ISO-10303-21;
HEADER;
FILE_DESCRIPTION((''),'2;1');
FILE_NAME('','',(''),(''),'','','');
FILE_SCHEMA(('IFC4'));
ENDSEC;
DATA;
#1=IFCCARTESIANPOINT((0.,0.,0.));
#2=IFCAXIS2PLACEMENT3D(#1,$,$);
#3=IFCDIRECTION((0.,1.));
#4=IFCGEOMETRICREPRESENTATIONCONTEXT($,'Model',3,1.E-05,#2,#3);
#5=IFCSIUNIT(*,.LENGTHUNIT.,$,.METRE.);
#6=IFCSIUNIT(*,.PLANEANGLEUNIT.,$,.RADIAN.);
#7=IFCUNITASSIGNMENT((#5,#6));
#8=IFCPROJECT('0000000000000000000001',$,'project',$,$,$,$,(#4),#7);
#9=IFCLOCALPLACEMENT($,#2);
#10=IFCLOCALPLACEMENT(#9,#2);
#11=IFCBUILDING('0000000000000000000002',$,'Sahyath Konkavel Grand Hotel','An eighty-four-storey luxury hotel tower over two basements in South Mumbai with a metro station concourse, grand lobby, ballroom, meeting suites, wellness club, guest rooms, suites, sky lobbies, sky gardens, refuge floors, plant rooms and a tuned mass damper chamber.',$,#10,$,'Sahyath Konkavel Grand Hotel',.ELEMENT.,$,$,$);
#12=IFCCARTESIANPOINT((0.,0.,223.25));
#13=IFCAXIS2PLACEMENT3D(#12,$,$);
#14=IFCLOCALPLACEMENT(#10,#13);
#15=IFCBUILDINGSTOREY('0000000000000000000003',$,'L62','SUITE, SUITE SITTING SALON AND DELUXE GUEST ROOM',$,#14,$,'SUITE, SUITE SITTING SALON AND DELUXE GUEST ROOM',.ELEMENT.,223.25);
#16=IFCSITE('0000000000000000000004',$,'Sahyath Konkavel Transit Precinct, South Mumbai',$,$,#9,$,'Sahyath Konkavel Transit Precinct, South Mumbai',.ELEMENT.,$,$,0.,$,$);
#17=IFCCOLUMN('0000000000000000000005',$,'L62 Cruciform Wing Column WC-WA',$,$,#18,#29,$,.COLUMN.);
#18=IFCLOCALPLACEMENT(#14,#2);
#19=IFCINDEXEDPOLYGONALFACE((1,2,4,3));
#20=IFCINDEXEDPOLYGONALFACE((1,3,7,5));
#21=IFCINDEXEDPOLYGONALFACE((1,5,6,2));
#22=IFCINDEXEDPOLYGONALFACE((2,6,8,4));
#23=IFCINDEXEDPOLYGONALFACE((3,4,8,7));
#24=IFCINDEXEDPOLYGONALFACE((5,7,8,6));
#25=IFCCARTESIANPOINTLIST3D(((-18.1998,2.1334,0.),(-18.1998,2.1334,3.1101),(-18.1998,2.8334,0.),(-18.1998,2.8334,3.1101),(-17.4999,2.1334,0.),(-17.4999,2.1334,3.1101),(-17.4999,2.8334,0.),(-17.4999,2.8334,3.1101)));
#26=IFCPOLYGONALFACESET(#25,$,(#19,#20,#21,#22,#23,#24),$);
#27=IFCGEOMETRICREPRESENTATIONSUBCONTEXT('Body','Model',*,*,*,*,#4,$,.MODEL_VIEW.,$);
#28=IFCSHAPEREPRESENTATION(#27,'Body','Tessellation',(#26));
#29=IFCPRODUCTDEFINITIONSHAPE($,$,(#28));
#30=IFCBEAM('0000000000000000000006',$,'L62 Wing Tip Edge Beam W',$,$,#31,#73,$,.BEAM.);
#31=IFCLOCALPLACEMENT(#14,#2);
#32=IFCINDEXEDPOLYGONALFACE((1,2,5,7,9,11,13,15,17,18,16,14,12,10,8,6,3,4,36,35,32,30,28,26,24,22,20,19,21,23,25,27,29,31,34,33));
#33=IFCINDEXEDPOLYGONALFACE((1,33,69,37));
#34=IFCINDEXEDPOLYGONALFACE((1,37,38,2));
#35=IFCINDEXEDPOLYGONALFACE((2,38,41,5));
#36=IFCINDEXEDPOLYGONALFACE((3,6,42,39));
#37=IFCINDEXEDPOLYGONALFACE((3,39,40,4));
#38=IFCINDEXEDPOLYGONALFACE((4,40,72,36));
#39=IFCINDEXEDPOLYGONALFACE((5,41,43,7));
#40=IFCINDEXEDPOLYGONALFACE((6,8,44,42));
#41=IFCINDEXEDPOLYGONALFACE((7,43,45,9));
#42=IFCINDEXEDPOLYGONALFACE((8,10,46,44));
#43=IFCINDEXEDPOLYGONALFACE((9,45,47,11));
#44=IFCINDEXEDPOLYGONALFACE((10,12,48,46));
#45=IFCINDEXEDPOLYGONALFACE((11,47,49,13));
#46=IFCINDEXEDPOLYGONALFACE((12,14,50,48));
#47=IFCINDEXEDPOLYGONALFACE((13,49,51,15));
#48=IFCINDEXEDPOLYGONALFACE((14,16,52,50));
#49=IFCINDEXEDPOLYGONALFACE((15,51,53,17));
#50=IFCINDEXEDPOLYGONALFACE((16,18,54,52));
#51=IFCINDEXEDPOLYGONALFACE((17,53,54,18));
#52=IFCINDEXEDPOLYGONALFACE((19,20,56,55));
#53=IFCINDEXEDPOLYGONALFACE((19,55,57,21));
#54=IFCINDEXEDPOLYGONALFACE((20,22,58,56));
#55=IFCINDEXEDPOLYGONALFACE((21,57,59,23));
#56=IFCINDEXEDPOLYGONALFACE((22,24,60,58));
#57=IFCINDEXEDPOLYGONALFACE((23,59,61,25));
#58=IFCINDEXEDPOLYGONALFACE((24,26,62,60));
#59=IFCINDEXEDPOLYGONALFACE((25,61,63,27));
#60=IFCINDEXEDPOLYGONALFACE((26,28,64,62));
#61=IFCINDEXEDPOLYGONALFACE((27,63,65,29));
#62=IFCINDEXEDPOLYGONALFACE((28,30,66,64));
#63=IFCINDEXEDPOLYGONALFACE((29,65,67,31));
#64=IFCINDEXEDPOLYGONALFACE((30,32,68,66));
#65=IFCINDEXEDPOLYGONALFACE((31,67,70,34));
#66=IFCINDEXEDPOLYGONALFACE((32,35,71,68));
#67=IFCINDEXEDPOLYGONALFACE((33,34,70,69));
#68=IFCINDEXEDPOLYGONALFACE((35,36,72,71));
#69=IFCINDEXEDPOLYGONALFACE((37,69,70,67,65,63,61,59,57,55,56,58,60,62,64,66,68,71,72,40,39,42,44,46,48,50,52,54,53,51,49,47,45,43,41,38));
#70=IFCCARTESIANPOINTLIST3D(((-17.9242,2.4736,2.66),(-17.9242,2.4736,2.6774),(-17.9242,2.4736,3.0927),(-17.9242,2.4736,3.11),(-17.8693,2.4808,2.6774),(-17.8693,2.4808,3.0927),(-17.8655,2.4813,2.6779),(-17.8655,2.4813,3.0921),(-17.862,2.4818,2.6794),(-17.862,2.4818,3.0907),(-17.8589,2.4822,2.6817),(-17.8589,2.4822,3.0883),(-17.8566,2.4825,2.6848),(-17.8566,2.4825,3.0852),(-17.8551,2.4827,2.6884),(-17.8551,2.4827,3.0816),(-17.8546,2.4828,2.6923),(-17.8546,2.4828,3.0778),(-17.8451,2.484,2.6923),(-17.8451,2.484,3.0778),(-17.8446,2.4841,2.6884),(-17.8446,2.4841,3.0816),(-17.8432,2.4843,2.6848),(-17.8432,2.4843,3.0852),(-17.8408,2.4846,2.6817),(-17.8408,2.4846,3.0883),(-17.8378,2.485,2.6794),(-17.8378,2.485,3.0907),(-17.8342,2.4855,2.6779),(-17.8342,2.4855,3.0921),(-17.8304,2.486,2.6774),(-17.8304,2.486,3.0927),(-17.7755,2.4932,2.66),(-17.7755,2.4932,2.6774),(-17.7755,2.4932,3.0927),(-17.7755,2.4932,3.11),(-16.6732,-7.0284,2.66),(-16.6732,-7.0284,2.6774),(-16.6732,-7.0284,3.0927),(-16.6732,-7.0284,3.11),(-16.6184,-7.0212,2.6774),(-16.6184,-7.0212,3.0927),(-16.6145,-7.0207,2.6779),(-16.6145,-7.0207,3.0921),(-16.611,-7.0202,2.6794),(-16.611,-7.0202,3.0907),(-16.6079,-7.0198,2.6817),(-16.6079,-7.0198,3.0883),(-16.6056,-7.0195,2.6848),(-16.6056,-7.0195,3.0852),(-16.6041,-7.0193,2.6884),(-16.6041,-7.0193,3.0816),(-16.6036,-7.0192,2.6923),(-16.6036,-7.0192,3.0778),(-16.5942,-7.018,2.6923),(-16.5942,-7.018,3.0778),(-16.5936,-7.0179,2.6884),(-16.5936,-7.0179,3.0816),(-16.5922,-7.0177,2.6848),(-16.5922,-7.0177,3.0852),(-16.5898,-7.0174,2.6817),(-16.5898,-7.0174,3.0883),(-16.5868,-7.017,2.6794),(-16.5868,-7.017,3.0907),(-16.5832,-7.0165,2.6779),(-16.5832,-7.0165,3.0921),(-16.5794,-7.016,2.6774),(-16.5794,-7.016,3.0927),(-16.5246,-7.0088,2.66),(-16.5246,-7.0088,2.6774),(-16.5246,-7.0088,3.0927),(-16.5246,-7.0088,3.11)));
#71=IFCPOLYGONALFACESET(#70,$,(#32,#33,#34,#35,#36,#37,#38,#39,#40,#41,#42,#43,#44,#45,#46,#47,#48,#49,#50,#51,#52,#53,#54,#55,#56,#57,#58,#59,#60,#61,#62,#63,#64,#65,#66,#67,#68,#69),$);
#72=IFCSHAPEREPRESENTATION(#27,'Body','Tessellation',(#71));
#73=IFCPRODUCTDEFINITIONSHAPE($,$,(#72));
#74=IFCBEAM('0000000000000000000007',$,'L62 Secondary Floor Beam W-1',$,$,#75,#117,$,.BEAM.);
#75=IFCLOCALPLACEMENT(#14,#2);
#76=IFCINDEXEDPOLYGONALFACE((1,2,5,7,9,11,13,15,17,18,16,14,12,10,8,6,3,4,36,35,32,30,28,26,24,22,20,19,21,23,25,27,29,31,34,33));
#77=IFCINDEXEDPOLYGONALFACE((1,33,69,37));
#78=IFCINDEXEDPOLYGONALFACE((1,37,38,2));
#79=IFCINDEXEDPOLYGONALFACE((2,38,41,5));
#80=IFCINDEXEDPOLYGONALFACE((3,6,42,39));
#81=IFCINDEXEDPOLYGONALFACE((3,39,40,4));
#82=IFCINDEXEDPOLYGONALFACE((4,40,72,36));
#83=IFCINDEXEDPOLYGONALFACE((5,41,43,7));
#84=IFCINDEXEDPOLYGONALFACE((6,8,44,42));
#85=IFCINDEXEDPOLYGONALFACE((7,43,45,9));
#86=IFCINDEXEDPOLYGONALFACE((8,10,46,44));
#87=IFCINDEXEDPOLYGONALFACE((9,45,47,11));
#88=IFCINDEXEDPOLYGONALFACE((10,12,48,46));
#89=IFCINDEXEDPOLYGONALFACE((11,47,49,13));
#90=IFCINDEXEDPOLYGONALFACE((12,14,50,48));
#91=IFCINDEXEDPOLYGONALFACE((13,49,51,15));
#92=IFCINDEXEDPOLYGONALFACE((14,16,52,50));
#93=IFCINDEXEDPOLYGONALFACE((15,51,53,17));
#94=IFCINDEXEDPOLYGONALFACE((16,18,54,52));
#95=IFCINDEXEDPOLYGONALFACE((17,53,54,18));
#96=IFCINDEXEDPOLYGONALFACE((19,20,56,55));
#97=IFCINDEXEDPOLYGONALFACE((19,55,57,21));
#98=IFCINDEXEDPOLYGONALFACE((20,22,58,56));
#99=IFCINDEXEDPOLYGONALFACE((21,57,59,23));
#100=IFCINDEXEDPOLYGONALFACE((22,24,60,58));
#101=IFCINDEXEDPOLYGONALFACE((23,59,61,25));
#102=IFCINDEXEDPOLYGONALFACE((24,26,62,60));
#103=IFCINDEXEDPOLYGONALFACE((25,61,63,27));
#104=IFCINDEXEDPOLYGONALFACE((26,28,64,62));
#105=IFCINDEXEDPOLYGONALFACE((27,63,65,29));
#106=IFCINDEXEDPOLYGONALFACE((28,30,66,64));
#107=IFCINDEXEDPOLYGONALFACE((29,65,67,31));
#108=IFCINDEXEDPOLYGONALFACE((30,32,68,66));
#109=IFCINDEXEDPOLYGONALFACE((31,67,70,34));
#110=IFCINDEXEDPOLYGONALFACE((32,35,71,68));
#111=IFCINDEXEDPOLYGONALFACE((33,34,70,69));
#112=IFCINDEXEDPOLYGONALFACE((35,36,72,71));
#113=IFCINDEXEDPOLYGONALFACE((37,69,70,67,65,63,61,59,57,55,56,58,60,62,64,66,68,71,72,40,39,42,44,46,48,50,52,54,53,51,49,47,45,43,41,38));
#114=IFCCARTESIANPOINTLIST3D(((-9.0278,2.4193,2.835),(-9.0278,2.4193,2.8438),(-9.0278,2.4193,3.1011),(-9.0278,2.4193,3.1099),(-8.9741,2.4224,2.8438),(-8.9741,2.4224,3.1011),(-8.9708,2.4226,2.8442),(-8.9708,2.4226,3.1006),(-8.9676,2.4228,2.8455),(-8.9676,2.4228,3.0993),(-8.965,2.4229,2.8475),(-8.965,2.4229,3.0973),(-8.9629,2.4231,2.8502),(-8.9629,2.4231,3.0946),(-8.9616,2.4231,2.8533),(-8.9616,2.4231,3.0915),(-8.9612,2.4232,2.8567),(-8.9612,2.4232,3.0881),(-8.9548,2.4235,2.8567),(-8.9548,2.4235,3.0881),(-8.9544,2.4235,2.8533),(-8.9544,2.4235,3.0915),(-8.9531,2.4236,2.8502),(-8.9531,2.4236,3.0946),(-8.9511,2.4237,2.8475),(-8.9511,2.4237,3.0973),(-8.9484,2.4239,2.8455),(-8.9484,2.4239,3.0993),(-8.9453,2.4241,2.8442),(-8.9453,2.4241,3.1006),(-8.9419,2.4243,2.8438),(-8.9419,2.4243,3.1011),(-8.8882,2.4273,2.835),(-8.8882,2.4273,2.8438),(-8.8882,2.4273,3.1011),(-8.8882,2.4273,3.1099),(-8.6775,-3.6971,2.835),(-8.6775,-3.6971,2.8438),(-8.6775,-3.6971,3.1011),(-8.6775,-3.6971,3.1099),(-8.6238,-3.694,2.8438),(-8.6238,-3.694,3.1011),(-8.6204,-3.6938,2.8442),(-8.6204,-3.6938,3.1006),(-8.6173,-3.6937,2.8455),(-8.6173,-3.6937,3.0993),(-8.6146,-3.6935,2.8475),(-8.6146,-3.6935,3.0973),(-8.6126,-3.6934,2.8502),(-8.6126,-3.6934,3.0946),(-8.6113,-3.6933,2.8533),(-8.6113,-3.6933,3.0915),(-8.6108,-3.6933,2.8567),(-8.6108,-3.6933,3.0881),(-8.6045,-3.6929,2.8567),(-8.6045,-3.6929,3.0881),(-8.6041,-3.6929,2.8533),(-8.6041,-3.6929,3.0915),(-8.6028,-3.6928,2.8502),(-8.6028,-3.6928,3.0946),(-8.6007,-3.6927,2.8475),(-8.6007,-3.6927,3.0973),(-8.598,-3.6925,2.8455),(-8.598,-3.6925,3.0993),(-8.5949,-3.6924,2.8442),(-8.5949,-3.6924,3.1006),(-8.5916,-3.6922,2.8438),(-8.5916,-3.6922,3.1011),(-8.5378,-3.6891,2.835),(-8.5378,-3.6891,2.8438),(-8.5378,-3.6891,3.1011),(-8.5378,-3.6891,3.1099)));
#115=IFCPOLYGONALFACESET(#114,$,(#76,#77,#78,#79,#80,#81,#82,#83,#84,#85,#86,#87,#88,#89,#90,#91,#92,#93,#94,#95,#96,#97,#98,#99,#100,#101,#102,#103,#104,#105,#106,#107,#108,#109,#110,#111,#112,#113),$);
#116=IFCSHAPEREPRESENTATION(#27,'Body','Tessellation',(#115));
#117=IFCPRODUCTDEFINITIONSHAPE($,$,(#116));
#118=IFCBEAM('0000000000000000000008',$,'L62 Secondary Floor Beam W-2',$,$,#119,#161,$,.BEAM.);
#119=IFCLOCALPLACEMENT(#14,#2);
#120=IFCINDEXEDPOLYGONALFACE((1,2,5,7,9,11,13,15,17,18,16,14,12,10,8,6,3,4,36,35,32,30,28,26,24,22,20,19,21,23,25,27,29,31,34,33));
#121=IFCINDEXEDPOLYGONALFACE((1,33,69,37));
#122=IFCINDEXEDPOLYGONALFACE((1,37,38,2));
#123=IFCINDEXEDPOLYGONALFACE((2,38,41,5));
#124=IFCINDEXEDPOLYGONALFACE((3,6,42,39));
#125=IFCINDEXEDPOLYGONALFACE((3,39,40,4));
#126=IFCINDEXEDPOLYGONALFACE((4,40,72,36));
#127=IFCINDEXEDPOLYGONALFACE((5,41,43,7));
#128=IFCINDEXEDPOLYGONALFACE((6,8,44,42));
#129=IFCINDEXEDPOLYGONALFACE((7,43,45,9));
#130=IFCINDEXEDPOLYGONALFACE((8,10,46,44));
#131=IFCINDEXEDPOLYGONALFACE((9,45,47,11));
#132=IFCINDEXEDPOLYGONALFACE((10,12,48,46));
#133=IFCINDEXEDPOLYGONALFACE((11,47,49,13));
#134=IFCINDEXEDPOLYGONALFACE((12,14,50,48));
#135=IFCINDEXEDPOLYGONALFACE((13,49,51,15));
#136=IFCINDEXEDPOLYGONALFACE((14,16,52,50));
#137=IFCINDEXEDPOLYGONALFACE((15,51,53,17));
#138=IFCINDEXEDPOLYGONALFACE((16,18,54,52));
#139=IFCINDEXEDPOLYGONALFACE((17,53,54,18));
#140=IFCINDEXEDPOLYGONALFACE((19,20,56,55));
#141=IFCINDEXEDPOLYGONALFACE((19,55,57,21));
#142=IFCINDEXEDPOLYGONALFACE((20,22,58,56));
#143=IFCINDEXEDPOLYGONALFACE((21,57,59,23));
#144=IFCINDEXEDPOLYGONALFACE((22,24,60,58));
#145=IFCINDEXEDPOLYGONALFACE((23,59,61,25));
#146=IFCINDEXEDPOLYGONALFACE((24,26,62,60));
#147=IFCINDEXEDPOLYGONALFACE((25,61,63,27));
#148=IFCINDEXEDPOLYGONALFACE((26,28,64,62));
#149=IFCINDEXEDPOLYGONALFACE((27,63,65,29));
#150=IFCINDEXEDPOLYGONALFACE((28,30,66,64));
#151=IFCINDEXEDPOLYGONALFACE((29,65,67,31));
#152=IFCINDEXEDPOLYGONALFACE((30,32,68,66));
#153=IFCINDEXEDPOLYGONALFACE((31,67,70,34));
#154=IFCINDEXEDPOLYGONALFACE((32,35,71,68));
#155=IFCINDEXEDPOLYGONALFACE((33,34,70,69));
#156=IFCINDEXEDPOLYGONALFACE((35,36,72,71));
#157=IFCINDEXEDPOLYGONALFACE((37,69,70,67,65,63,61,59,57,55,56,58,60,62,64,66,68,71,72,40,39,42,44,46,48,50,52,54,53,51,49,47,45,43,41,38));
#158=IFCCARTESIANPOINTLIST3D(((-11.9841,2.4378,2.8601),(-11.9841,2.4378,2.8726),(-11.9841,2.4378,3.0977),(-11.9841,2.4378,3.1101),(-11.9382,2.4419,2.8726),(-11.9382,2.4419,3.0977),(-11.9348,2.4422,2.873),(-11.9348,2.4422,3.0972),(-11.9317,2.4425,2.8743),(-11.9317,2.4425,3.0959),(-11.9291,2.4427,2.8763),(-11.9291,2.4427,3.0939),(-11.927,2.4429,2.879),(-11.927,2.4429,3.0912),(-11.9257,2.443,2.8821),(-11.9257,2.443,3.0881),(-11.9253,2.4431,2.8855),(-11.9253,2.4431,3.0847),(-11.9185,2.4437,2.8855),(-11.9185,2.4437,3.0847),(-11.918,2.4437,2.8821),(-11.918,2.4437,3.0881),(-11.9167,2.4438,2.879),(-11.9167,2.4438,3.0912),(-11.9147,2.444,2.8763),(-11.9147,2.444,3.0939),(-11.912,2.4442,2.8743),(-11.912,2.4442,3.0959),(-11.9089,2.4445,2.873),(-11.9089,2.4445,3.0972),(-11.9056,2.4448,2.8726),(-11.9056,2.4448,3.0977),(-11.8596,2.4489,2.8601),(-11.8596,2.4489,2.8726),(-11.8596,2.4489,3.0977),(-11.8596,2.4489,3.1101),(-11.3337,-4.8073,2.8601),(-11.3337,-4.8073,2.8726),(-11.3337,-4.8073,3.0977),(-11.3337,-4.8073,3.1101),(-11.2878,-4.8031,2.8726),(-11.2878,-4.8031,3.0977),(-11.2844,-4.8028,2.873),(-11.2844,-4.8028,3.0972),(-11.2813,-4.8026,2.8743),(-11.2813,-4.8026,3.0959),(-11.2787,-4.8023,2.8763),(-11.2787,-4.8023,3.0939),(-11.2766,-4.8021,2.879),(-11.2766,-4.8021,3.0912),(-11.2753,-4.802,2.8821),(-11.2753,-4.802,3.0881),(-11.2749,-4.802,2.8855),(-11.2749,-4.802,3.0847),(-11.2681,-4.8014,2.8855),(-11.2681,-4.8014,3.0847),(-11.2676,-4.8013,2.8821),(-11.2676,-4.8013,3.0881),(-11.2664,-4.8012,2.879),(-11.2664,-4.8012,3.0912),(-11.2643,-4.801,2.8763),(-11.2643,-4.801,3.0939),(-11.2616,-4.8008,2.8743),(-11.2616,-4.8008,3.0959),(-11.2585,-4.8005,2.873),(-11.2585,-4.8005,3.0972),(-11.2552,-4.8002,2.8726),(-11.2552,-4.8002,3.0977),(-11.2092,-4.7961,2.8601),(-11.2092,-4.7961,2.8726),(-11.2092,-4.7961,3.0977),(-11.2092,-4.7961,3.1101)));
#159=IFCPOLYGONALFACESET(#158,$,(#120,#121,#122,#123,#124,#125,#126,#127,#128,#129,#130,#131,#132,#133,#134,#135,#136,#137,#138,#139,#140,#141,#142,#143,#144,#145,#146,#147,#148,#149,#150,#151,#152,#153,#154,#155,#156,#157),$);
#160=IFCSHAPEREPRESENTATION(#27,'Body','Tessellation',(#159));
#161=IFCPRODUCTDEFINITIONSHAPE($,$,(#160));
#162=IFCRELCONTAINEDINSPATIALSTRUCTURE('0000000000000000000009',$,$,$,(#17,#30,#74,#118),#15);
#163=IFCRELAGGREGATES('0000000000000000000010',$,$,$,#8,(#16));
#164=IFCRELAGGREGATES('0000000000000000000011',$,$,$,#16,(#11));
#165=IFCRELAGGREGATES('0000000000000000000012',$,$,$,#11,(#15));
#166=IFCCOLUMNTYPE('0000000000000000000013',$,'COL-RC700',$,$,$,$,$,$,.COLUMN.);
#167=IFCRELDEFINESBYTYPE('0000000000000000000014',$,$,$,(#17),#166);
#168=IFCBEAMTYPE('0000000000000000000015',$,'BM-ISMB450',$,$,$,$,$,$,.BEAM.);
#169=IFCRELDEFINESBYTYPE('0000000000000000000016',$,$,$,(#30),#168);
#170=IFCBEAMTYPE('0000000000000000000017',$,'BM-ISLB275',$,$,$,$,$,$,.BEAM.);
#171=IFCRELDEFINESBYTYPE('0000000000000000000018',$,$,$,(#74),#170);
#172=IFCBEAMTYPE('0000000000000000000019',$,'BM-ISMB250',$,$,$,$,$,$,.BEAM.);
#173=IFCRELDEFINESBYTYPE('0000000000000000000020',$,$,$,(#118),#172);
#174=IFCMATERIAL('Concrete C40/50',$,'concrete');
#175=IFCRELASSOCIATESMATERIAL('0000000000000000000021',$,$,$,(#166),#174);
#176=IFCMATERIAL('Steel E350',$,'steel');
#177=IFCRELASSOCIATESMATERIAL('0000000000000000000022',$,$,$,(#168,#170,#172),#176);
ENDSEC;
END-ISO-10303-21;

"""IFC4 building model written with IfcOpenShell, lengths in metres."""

from ifc_helpers import new_model, si_unit, direction, frame, origin, origin_2d, place, context, subcontext, project, spatial, rectangle, i_section, extrude, source, transform, mapped, material, material_profile, profile_set, type_object, element, save


model = new_model("IFC4")

# Units and contexts
model_context = context("Model", 3, precision=1e-05, world=origin(), true_north=direction((0.0, 1.0)))
body_context = subcontext(model_context, "Body", "Model", "MODEL_VIEW")
ifc_project = project(units=[si_unit("LENGTHUNIT", "METRE"), si_unit("PLANEANGLEUNIT", "RADIAN")], contexts=[model_context])

# Site, building, storey
site_placement = place(None, origin())
site = spatial("IfcSite", under=ifc_project, at=site_placement, Name="Sahyath Konkavel Transit Precinct, South Mumbai", LongName="Sahyath Konkavel Transit Precinct, South Mumbai", CompositionType="ELEMENT", RefElevation=0.0)
building_placement = place(site_placement, origin())
building = spatial("IfcBuilding", under=site, at=building_placement, Name="Sahyath Konkavel Grand Hotel", Description="An eighty-four-storey luxury hotel tower over two basements in South Mumbai with a metro station concourse, grand lobby, ballroom, meeting suites, wellness club, guest rooms, suites, sky lobbies, sky gardens, refuge floors, plant rooms and a tuned mass damper chamber.", LongName="Sahyath Konkavel Grand Hotel", CompositionType="ELEMENT")
storey_placement = place(building_placement, frame((0.0, 0.0, 223.25)))
storey = spatial("IfcBuildingStorey", under=building, at=storey_placement, Name="L62", Description="SUITE, SUITE SITTING SALON AND DELUXE GUEST ROOM", LongName="SUITE, SUITE SITTING SALON AND DELUXE GUEST ROOM", CompositionType="ELEMENT", Elevation=223.25)

# Column
ifc_material_1 = material(Name="Concrete C40/50", Category="concrete")
ifc_material_profile_1 = material_profile(ifc_material_1, rectangle(XDim=0.7, YDim=0.7, at=origin_2d()), Name="RC 700x700")
ifc_profile_set_1 = profile_set([ifc_material_profile_1], Name="Concrete C40/50")
column_type = type_object("IfcColumnType", Name="COL-RC700", PredefinedType="COLUMN", material=ifc_profile_set_1)
shared_shape_1 = source(origin(), body_context, "Body", "SweptSolid", [
    extrude(rectangle(XDim=0.7, YDim=0.7, at=origin_2d()), origin(), (0.0, 0.0, 1.0), 3.1101),
])
column_placement = place(storey_placement, frame((-17.8499, 2.4834, 0.0), z_axis=(0.0, 0.0, 1.0), x_axis=(1.0, 0.0, 0.0)))
element("IfcColumn", 1, at=column_placement, inside=storey, type_object=column_type, Name="L62 Cruciform Wing Column WC-WA", PredefinedType="COLUMN", context=body_context, shape_type="MappedRepresentation", body=[
    mapped(shared_shape_1, transform((0.0, 0.0, 0.0), scale=1.0)),
])

# Beams
ifc_material_2 = material(Name="Steel E350", Category="steel")
ifc_material_profile_2 = material_profile(ifc_material_2, i_section(OverallWidth=0.1499, OverallDepth=0.45, WebThickness=0.0095, FlangeThickness=0.0173, FilletRadius=0.0149, at=origin_2d()), Name="ISMB 450")
ifc_profile_set_2 = profile_set([ifc_material_profile_2], Name="Steel E350")
beam_type_1 = type_object("IfcBeamType", Name="BM-ISMB450", PredefinedType="BEAM", material=ifc_profile_set_2)
shared_shape_2 = source(origin(), body_context, "Body", "SweptSolid", [
    extrude(i_section(OverallWidth=0.1499, OverallDepth=0.45, WebThickness=0.0095, FlangeThickness=0.0173, FilletRadius=0.0149, at=origin_2d()), origin(), (0.0, 0.0, 1.0), 9.584),
])
beam_1_placement = place(storey_placement, frame((-17.8499, 2.4834, 2.885), z_axis=(0.130528, -0.991445, 0.0), x_axis=(0.991445, 0.130528, 0.0)))
element("IfcBeam", 2, at=beam_1_placement, inside=storey, type_object=beam_type_1, Name="L62 Wing Tip Edge Beam W", PredefinedType="BEAM", context=body_context, shape_type="MappedRepresentation", body=[
    mapped(shared_shape_2, transform((0.0, 0.0, 0.0), scale=1.0)),
])
ifc_material_profile_3 = material_profile(ifc_material_2, i_section(OverallWidth=0.1399, OverallDepth=0.2749, WebThickness=0.0063, FlangeThickness=0.0088, FilletRadius=0.0129, at=origin_2d()), Name="ISLB 275")
ifc_profile_set_3 = profile_set([ifc_material_profile_3], Name="Steel E350")
beam_type_2 = type_object("IfcBeamType", Name="BM-ISLB275", PredefinedType="BEAM", material=ifc_profile_set_3)
shared_shape_3 = source(origin(), body_context, "Body", "SweptSolid", [
    extrude(i_section(OverallWidth=0.1399, OverallDepth=0.2749, WebThickness=0.0063, FlangeThickness=0.0088, FilletRadius=0.0129, at=origin_2d()), origin(), (0.0, 0.0, 1.0), 6.1265),
])
beam_2_placement = place(storey_placement, frame((-8.958, 2.4233, 2.9724), z_axis=(0.057185, -0.998364, 0.0), x_axis=(0.998364, 0.057185, 0.0)))
element("IfcBeam", 3, at=beam_2_placement, inside=storey, type_object=beam_type_2, Name="L62 Secondary Floor Beam W-1", PredefinedType="BEAM", context=body_context, shape_type="MappedRepresentation", body=[
    mapped(shared_shape_3, transform((0.0, 0.0, 0.0), scale=1.0)),
])
ifc_material_profile_4 = material_profile(ifc_material_2, i_section(OverallWidth=0.125, OverallDepth=0.25, WebThickness=0.0068, FlangeThickness=0.0125, FilletRadius=0.0129, at=origin_2d()), Name="ISMB 250")
ifc_profile_set_4 = profile_set([ifc_material_profile_4], Name="Steel E350")
beam_type_3 = type_object("IfcBeamType", Name="BM-ISMB250", PredefinedType="BEAM", material=ifc_profile_set_4)
shared_shape_4 = source(origin(), body_context, "Body", "SweptSolid", [
    extrude(i_section(OverallWidth=0.125, OverallDepth=0.25, WebThickness=0.0068, FlangeThickness=0.0125, FilletRadius=0.0129, at=origin_2d()), origin(), (0.0, 0.0, 1.0), 7.2742),
])
beam_3_placement = place(storey_placement, frame((-11.9219, 2.4434, 2.9851), z_axis=(0.08941, -0.995995, 0.0), x_axis=(0.995995, 0.08941, 0.0)))
element("IfcBeam", 4, at=beam_3_placement, inside=storey, type_object=beam_type_3, Name="L62 Secondary Floor Beam W-2", PredefinedType="BEAM", context=body_context, shape_type="MappedRepresentation", body=[
    mapped(shared_shape_4, transform((0.0, 0.0, 0.0), scale=1.0)),
])

save(model, "model.ifc")
